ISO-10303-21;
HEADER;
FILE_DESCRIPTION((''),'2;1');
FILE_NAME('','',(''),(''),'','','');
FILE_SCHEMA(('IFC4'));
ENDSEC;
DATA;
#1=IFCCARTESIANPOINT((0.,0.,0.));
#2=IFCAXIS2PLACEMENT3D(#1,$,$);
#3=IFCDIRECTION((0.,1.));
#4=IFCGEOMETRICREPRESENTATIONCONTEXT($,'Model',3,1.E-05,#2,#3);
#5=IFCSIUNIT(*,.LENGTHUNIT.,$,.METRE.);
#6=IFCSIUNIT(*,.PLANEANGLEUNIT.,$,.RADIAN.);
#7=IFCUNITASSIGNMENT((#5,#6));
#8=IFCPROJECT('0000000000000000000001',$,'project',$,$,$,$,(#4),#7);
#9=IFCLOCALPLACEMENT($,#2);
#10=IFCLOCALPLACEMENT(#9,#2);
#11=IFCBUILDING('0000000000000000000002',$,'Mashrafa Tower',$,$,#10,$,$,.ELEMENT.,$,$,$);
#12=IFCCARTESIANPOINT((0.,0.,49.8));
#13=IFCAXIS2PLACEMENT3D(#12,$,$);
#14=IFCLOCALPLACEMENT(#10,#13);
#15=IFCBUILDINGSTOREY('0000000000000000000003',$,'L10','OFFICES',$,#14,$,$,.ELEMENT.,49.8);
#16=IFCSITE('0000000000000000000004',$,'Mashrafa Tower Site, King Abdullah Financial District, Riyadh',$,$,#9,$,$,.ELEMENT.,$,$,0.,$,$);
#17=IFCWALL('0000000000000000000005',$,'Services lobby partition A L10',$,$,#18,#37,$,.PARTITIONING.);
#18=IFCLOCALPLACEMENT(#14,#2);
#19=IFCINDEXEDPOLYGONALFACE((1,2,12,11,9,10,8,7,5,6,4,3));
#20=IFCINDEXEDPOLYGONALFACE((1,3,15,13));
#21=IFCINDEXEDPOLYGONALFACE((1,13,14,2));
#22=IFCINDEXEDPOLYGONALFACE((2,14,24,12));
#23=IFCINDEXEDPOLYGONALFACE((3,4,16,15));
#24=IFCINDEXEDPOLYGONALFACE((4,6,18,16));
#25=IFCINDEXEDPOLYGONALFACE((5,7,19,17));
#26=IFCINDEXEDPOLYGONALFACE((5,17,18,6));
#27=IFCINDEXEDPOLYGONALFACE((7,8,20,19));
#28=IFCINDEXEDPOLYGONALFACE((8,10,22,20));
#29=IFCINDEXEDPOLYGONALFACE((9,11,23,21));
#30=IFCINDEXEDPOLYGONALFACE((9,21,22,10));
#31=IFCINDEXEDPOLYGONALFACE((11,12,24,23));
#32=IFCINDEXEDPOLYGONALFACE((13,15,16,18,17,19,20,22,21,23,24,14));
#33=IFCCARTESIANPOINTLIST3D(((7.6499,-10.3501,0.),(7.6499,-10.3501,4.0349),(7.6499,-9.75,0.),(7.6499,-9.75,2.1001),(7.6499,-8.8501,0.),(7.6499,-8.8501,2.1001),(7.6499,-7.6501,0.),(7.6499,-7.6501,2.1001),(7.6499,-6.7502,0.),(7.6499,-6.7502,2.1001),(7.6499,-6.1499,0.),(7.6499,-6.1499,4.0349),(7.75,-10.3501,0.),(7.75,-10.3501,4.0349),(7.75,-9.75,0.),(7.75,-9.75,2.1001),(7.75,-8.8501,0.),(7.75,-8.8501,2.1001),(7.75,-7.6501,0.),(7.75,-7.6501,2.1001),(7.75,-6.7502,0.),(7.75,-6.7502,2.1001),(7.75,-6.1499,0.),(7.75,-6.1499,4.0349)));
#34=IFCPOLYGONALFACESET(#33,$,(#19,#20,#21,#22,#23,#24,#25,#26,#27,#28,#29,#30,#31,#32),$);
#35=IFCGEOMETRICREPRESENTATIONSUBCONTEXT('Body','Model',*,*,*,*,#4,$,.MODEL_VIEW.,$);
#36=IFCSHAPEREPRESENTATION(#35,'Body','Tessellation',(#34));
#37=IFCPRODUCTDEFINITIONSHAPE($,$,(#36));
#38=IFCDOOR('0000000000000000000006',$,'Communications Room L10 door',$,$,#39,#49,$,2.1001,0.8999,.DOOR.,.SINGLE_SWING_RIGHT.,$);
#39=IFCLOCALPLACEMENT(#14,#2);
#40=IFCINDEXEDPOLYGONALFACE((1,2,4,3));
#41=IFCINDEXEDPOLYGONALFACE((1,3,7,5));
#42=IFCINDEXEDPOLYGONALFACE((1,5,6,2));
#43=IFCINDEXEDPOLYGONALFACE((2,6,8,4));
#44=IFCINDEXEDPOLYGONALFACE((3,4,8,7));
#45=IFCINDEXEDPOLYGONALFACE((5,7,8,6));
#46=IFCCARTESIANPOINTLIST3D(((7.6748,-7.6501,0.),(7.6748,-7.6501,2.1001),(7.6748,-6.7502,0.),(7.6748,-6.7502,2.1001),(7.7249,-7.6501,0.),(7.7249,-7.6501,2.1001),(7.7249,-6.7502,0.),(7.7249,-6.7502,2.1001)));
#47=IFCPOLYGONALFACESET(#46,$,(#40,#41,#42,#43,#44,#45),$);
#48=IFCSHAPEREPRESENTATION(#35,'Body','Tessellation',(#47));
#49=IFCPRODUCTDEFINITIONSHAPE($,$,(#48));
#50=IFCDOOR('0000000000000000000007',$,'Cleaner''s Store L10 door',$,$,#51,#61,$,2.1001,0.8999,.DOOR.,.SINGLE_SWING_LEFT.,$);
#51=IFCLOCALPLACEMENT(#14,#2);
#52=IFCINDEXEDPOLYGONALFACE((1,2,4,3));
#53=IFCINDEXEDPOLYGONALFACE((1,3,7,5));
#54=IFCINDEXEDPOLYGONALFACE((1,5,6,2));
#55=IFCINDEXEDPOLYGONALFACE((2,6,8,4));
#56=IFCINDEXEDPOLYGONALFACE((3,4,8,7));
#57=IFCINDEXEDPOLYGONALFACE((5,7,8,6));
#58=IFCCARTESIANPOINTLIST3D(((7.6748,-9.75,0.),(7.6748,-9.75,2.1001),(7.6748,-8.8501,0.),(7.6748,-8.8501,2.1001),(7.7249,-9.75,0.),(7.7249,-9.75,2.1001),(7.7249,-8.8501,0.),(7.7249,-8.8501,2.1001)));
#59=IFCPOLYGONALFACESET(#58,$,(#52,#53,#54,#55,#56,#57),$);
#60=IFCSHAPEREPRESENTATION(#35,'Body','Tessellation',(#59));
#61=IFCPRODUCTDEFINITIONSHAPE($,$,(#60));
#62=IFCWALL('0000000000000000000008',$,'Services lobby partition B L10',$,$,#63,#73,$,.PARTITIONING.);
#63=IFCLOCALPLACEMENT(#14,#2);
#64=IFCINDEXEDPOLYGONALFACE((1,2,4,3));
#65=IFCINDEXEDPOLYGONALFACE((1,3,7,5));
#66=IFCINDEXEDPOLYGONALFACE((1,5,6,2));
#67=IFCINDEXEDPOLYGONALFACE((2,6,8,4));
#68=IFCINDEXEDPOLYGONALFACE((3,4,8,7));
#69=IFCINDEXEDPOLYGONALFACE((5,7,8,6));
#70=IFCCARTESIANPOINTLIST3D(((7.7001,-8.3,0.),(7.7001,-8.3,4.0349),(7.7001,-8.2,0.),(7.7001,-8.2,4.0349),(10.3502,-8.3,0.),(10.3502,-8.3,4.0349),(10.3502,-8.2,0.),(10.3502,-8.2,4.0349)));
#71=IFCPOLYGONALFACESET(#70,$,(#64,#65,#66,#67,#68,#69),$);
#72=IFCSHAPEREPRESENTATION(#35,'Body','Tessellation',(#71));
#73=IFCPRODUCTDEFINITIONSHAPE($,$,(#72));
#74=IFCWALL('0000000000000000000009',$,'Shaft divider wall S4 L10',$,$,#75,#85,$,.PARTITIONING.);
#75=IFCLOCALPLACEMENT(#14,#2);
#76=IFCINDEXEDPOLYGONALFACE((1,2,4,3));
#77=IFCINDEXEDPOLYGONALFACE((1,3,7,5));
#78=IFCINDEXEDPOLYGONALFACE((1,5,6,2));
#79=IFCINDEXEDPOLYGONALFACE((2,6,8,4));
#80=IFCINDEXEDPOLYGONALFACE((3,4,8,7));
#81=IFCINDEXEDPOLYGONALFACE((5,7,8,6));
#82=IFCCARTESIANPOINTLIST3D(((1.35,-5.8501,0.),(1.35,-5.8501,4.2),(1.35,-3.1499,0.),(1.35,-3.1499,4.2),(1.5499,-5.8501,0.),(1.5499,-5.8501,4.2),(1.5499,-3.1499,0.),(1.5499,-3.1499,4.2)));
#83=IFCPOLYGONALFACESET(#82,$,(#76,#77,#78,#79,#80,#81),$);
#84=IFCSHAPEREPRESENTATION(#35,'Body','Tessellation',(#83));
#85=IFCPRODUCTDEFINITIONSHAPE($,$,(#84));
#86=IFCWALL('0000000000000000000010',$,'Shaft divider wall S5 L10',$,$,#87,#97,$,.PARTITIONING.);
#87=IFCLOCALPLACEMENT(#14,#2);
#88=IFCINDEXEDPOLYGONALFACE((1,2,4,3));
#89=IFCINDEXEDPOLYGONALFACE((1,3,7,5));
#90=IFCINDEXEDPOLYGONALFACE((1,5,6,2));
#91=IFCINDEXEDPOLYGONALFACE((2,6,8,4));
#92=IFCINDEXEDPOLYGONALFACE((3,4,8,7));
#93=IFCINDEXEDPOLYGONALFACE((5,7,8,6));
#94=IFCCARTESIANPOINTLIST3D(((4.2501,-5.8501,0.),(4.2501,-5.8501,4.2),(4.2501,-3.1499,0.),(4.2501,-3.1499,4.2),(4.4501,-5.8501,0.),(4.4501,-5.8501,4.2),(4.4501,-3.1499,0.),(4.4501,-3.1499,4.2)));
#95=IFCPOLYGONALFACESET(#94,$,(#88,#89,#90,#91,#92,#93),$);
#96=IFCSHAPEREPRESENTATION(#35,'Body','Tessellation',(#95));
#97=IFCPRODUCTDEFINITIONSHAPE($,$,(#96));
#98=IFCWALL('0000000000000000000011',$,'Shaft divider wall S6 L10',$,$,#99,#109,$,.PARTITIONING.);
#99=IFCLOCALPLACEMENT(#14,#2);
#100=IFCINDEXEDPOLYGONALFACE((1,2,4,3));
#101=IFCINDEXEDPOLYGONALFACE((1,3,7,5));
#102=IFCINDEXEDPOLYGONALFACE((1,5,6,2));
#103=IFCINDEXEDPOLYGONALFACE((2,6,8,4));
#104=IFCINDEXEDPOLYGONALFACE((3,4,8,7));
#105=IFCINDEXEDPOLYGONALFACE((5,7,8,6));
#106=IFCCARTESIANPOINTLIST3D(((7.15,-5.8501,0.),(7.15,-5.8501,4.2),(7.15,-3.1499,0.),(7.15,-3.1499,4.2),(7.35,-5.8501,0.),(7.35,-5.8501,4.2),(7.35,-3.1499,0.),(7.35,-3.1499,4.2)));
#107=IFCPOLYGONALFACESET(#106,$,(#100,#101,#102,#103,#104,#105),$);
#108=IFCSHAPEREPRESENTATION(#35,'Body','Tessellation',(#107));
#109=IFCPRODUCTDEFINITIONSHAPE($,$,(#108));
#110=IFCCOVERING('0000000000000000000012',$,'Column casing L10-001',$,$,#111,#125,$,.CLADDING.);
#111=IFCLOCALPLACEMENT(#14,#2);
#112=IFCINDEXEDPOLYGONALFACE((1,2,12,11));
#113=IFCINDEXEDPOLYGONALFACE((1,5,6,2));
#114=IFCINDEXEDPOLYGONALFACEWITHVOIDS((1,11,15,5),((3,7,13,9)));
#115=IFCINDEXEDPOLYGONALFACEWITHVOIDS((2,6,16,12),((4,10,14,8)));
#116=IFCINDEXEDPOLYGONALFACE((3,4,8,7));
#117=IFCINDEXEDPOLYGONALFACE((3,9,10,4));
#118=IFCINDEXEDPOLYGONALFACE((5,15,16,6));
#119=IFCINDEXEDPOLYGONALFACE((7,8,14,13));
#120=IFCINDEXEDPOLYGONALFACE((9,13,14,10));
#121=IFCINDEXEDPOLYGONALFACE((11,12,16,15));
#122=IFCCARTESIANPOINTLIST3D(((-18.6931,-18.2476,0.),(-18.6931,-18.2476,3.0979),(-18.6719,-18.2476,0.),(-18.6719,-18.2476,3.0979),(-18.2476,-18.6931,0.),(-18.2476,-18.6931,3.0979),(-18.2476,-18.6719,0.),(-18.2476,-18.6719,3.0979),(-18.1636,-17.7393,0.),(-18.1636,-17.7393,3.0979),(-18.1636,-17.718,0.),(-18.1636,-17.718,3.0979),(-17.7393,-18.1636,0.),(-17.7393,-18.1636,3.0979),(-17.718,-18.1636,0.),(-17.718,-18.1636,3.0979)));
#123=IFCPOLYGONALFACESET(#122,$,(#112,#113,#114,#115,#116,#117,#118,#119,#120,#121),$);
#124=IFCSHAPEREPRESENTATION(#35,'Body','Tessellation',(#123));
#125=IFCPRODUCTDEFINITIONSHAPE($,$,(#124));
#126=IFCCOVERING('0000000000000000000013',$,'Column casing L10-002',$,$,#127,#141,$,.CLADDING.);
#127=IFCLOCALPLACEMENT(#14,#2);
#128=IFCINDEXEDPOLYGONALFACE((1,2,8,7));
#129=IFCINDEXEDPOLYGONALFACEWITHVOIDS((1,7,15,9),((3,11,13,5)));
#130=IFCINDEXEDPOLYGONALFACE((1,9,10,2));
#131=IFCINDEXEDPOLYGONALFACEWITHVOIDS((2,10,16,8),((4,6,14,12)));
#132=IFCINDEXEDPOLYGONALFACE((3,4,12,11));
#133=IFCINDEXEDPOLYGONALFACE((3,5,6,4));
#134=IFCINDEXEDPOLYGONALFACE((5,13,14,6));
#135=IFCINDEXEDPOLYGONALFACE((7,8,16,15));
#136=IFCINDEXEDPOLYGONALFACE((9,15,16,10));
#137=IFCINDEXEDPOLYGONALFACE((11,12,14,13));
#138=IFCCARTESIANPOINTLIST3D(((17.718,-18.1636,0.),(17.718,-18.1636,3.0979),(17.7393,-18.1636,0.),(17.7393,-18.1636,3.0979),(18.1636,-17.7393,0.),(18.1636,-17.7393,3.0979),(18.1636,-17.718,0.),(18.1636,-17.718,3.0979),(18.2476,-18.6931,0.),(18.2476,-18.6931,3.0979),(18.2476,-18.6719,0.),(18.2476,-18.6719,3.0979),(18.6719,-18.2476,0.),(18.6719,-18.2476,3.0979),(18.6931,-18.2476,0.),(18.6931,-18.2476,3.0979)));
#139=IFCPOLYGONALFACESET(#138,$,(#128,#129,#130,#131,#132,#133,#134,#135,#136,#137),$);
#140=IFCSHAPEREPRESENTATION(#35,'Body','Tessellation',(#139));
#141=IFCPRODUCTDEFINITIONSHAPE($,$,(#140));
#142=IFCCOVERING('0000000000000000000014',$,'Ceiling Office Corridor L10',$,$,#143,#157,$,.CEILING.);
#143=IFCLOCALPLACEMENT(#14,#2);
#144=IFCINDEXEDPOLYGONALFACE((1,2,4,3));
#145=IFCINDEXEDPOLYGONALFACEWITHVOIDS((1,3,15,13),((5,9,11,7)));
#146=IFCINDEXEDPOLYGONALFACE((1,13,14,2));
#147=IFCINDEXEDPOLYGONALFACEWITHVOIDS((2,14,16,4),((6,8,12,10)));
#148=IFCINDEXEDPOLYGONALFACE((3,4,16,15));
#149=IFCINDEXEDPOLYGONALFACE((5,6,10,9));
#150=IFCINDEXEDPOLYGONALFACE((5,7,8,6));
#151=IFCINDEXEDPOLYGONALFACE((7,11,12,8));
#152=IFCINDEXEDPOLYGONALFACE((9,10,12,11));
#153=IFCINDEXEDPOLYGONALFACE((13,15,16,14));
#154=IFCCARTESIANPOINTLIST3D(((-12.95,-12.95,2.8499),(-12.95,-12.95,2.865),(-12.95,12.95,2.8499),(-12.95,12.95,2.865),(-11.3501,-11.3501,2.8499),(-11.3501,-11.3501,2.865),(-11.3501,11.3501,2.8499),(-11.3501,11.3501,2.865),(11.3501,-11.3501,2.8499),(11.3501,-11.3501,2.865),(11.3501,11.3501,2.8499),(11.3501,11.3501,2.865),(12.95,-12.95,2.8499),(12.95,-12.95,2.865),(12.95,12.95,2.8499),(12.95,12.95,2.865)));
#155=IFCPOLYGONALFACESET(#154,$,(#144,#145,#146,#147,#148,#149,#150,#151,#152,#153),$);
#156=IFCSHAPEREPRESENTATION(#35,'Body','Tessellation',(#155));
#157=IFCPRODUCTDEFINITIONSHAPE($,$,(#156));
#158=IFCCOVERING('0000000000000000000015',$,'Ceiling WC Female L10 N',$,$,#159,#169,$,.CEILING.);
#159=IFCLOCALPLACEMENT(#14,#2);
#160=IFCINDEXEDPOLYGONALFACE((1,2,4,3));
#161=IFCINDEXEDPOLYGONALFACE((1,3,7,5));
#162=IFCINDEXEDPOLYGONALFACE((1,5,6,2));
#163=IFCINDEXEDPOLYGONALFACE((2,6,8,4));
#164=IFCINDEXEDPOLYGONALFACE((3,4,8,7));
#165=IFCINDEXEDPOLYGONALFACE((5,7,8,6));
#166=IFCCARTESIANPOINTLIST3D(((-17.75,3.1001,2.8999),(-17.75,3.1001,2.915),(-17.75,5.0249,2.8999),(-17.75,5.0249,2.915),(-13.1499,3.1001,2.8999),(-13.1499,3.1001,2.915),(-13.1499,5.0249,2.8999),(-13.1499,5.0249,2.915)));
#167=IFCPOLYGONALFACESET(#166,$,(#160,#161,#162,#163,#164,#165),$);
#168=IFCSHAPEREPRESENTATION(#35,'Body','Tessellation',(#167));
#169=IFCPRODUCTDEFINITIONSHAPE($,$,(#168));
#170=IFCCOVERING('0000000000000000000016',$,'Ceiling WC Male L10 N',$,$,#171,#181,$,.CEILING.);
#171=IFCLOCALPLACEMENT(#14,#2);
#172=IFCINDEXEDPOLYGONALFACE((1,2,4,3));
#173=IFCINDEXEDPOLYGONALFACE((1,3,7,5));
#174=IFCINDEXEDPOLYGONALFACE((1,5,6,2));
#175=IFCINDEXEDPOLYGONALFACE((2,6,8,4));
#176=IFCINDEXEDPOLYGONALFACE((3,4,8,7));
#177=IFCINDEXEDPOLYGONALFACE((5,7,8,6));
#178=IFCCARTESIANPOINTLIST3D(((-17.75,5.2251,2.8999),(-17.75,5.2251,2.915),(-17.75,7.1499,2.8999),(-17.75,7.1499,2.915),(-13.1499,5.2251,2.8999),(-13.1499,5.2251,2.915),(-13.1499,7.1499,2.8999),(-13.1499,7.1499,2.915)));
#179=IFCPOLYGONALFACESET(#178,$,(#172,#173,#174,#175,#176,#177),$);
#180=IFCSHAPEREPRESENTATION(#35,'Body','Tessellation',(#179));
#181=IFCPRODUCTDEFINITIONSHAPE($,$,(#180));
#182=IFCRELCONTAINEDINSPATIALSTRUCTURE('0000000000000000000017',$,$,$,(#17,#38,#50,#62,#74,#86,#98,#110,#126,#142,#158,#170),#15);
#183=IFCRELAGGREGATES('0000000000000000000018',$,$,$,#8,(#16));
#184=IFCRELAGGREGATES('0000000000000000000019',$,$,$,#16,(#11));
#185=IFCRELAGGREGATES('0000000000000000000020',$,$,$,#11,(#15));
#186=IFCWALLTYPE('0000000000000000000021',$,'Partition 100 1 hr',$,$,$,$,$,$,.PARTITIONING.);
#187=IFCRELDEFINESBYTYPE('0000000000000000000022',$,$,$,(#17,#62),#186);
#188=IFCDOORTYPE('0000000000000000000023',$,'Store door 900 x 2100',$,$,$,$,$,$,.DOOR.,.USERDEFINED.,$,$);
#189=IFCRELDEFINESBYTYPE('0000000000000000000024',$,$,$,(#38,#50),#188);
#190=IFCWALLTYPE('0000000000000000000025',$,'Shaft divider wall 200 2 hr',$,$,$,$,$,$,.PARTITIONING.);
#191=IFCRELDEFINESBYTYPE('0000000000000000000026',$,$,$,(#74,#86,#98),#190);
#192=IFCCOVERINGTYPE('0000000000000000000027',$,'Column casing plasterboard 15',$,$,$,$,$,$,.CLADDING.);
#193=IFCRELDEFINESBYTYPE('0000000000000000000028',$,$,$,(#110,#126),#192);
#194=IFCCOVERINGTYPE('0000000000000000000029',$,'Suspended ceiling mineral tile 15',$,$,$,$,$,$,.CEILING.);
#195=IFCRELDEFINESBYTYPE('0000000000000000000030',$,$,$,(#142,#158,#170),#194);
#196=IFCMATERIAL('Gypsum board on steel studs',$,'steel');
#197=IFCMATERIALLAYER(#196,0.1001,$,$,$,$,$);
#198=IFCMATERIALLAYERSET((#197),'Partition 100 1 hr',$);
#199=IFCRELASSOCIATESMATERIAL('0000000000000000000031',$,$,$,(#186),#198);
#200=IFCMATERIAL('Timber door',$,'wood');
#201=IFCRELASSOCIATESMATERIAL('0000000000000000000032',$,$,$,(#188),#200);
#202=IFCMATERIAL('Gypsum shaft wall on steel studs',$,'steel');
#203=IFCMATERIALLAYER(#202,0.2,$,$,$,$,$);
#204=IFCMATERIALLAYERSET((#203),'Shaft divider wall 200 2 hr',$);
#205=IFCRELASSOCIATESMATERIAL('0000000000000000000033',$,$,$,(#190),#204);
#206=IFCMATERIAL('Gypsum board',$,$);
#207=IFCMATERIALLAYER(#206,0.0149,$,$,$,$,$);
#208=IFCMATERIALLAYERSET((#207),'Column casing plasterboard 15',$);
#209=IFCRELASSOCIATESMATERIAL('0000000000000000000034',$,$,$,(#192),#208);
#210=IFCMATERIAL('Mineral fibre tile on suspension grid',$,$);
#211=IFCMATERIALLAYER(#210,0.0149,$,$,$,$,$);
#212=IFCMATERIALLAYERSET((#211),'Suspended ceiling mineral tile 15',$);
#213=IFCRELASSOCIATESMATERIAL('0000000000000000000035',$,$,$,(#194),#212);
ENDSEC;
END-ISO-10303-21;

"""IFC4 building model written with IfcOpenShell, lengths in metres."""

from ifc_helpers import new_model, si_unit, direction, frame, frame_2d, origin, place, context, subcontext, project, spatial, polyline, rectangle, outline, extrude, material, layer, layer_set, type_object, element, fill, save


model = new_model("IFC4")

# Units and contexts
model_context = context("Model", 3, precision=1e-05, world=origin(), true_north=direction((0.0, 1.0)))
body_context = subcontext(model_context, "Body", "Model", "MODEL_VIEW")
ifc_project = project(units=[si_unit("LENGTHUNIT", "METRE"), si_unit("PLANEANGLEUNIT", "RADIAN")], contexts=[model_context])

# Site, building, storey
site_placement = place(None, origin())
site = spatial("IfcSite", under=ifc_project, at=site_placement, Name="Mashrafa Tower Site, King Abdullah Financial District, Riyadh", CompositionType="ELEMENT", RefElevation=0.0)
building_placement = place(site_placement, origin())
building = spatial("IfcBuilding", under=site, at=building_placement, Name="Mashrafa Tower", CompositionType="ELEMENT")
storey_placement = place(building_placement, frame((0.0, 0.0, 49.8)))
storey = spatial("IfcBuildingStorey", under=building, at=storey_placement, Name="L10", Description="OFFICES", CompositionType="ELEMENT", Elevation=49.8)

# Wall, openings, doors
ifc_material_1 = material(Name="Gypsum board on steel studs", Category="steel")
ifc_layer_1 = layer(ifc_material_1, 0.1001)
ifc_layer_set_1 = layer_set([ifc_layer_1], Name="Partition 100 1 hr")
wall_type_1 = type_object("IfcWallType", Name="Partition 100 1 hr", PredefinedType="PARTITIONING", material=ifc_layer_set_1)
wall_1_placement = place(storey_placement, frame((7.7, -10.3501, 0.0), z_axis=(0.0, 0.0, 1.0), x_axis=(0.0, 1.0, 0.0)))
wall_1 = element("IfcWall", 1, at=wall_1_placement, inside=storey, type_object=wall_type_1, Name="Services lobby partition A L10", PredefinedType="PARTITIONING", context=body_context, shape_type="SweptSolid", body=[
    extrude(rectangle(XDim=4.2002, YDim=0.1001, at=frame_2d((2.1001, 0.0))), origin(), (0.0, 0.0, 1.0), 4.0349),
])
opening_1_placement = place(wall_1_placement, frame((2.7, 0.0, 0.0)))
opening_1 = element("IfcOpeningElement", 2, at=opening_1_placement, cuts=wall_1, PredefinedType="OPENING", context=body_context, shape_type="SweptSolid", body=[
    extrude(rectangle(XDim=0.8999, YDim=2.1001, at=frame_2d((0.45, 1.05))), frame((0.0, 0.0601, 0.0), z_axis=(0.0, -1.0, 0.0), x_axis=(1.0, 0.0, 0.0)), (0.0, 0.0, 1.0), 0.1201),
])
opening_2_placement = place(wall_1_placement, frame((0.6001, 0.0, 0.0)))
opening_2 = element("IfcOpeningElement", 3, at=opening_2_placement, cuts=wall_1, PredefinedType="OPENING", context=body_context, shape_type="SweptSolid", body=[
    extrude(rectangle(XDim=0.8999, YDim=2.1001, at=frame_2d((0.45, 1.05))), frame((0.0, 0.0601, 0.0), z_axis=(0.0, -1.0, 0.0), x_axis=(1.0, 0.0, 0.0)), (0.0, 0.0, 1.0), 0.1201),
])
ifc_material_2 = material(Name="Timber door", Category="wood")
door_type_1 = type_object("IfcDoorType", Name="Store door 900 x 2100", OperationType="USERDEFINED", PredefinedType="DOOR", material=ifc_material_2)
door_1_placement = place(opening_1_placement, frame((0.8999, 0.0, 0.0), z_axis=(0.0, 0.0, 1.0), x_axis=(-1.0, 0.0, 0.0)))
door_1 = element("IfcDoor", 4, at=door_1_placement, inside=storey, type_object=door_type_1, Name="Communications Room L10 door", OperationType="SINGLE_SWING_RIGHT", OverallHeight=2.1001, OverallWidth=0.8999, PredefinedType="DOOR", context=body_context, shape_type="SweptSolid", body=[
    extrude(rectangle(XDim=0.8999, YDim=2.1001, at=frame_2d((0.45, 1.05))), frame((0.0, 0.0249, 0.0), z_axis=(0.0, -1.0, 0.0), x_axis=(1.0, 0.0, 0.0)), (0.0, 0.0, 1.0), 0.05),
])
fill(opening_1, door_1)
door_2_placement = place(opening_2_placement, frame((0.8999, 0.0, 0.0), z_axis=(0.0, 0.0, 1.0), x_axis=(-1.0, 0.0, 0.0)))
door_2 = element("IfcDoor", 5, at=door_2_placement, inside=storey, type_object=door_type_1, Name="Cleaner's Store L10 door", OperationType="SINGLE_SWING_LEFT", OverallHeight=2.1001, OverallWidth=0.8999, PredefinedType="DOOR", context=body_context, shape_type="SweptSolid", body=[
    extrude(rectangle(XDim=0.8999, YDim=2.1001, at=frame_2d((0.45, 1.05))), frame((0.0, 0.0249, 0.0), z_axis=(0.0, -1.0, 0.0), x_axis=(1.0, 0.0, 0.0)), (0.0, 0.0, 1.0), 0.05),
])
fill(opening_2, door_2)

# Walls
wall_2_placement = place(storey_placement, frame((7.7, -8.25, 0.0), z_axis=(0.0, 0.0, 1.0), x_axis=(1.0, 0.0, 0.0)))
element("IfcWall", 6, at=wall_2_placement, inside=storey, type_object=wall_type_1, Name="Services lobby partition B L10", PredefinedType="PARTITIONING", context=body_context, shape_type="SweptSolid", body=[
    extrude(rectangle(XDim=2.6501, YDim=0.1001, at=frame_2d((1.3252, 0.0))), origin(), (0.0, 0.0, 1.0), 4.0349),
])
ifc_material_3 = material(Name="Gypsum shaft wall on steel studs", Category="steel")
ifc_layer_2 = layer(ifc_material_3, 0.2)
ifc_layer_set_2 = layer_set([ifc_layer_2], Name="Shaft divider wall 200 2 hr")
wall_type_2 = type_object("IfcWallType", Name="Shaft divider wall 200 2 hr", PredefinedType="PARTITIONING", material=ifc_layer_set_2)
for number, where, z_axis, x_axis, name in (
    (7, (1.45, -5.8501, 0.0), (0.0, 0.0, 1.0), (0.0, 1.0, 0.0), "Shaft divider wall S4 L10"),
    (8, (4.3501, -5.8501, 0.0), (0.0, 0.0, 1.0), (0.0, 1.0, 0.0), "Shaft divider wall S5 L10"),
    (9, (7.25, -5.8501, 0.0), (0.0, 0.0, 1.0), (0.0, 1.0, 0.0), "Shaft divider wall S6 L10"),
):
    element("IfcWall", number, at=place(storey_placement, frame(where, z_axis=z_axis, x_axis=x_axis)), inside=storey, type_object=wall_type_2, Name=name, PredefinedType="PARTITIONING", context=body_context, shape_type="SweptSolid", body=[
        extrude(rectangle(XDim=2.7002, YDim=0.2, at=frame_2d((1.3501, 0.0))), origin(), (0.0, 0.0, 1.0), 4.2),
    ])

# Coverings
ifc_material_4 = material(Name="Gypsum board")
ifc_layer_3 = layer(ifc_material_4, 0.0149)
ifc_layer_set_3 = layer_set([ifc_layer_3], Name="Column casing plasterboard 15")
covering_type_1 = type_object("IfcCoveringType", Name="Column casing plasterboard 15", PredefinedType="CLADDING", material=ifc_layer_set_3)
covering_1_placement = place(storey_placement, origin())
element("IfcCovering", 10, at=covering_1_placement, inside=storey, type_object=covering_type_1, Name="Column casing L10-001", PredefinedType="CLADDING", context=body_context, shape_type="SweptSolid", body=[
    extrude(outline(polyline([(-18.6931, -18.2476), (-18.1636, -17.718), (-17.718, -18.1636), (-18.2476, -18.6931), (-18.6931, -18.2476)]), holes=[polyline([(-17.7393, -18.1636), (-18.1636, -17.7393), (-18.6719, -18.2476), (-18.2476, -18.6719), (-17.7393, -18.1636)])]), origin(), (0.0, 0.0, 1.0), 3.0979),
])
covering_2_placement = place(storey_placement, origin())
element("IfcCovering", 11, at=covering_2_placement, inside=storey, type_object=covering_type_1, Name="Column casing L10-002", PredefinedType="CLADDING", context=body_context, shape_type="SweptSolid", body=[
    extrude(outline(polyline([(17.718, -18.1636), (18.1636, -17.718), (18.6931, -18.2476), (18.2476, -18.6931), (17.718, -18.1636)]), holes=[polyline([(18.6719, -18.2476), (18.1636, -17.7393), (17.7393, -18.1636), (18.2476, -18.6719), (18.6719, -18.2476)])]), origin(), (0.0, 0.0, 1.0), 3.0979),
])
ifc_material_5 = material(Name="Mineral fibre tile on suspension grid")
ifc_layer_4 = layer(ifc_material_5, 0.0149)
ifc_layer_set_4 = layer_set([ifc_layer_4], Name="Suspended ceiling mineral tile 15")
covering_type_2 = type_object("IfcCoveringType", Name="Suspended ceiling mineral tile 15", PredefinedType="CEILING", material=ifc_layer_set_4)
covering_3_placement = place(storey_placement, frame((0.0, 0.0, 2.8499)))
element("IfcCovering", 12, at=covering_3_placement, inside=storey, type_object=covering_type_2, Name="Ceiling Office Corridor L10", PredefinedType="CEILING", context=body_context, shape_type="SweptSolid", body=[
    extrude(outline(polyline([(-12.95, -12.95), (-12.95, 12.95), (12.95, 12.95), (12.95, -12.95), (-12.95, -12.95)]), holes=[polyline([(11.3501, 11.3501), (-11.3501, 11.3501), (-11.3501, -11.3501), (11.3501, -11.3501), (11.3501, 11.3501)])]), origin(), (0.0, 0.0, 1.0), 0.0151),
])
covering_4_placement = place(storey_placement, frame((0.0, 0.0, 2.8999)))
element("IfcCovering", 13, at=covering_4_placement, inside=storey, type_object=covering_type_2, Name="Ceiling WC Female L10 N", PredefinedType="CEILING", context=body_context, shape_type="SweptSolid", body=[
    extrude(outline(polyline([(-17.75, 3.1001), (-17.75, 5.0249), (-13.1499, 5.0249), (-13.1499, 3.1001), (-17.75, 3.1001)])), origin(), (0.0, 0.0, 1.0), 0.0151),
])
covering_5_placement = place(storey_placement, frame((0.0, 0.0, 2.8999)))
element("IfcCovering", 14, at=covering_5_placement, inside=storey, type_object=covering_type_2, Name="Ceiling WC Male L10 N", PredefinedType="CEILING", context=body_context, shape_type="SweptSolid", body=[
    extrude(outline(polyline([(-17.75, 5.2251), (-17.75, 7.1499), (-13.1499, 7.1499), (-13.1499, 5.2251), (-17.75, 5.2251)])), origin(), (0.0, 0.0, 1.0), 0.0151),
])

save(model, "model.ifc")
